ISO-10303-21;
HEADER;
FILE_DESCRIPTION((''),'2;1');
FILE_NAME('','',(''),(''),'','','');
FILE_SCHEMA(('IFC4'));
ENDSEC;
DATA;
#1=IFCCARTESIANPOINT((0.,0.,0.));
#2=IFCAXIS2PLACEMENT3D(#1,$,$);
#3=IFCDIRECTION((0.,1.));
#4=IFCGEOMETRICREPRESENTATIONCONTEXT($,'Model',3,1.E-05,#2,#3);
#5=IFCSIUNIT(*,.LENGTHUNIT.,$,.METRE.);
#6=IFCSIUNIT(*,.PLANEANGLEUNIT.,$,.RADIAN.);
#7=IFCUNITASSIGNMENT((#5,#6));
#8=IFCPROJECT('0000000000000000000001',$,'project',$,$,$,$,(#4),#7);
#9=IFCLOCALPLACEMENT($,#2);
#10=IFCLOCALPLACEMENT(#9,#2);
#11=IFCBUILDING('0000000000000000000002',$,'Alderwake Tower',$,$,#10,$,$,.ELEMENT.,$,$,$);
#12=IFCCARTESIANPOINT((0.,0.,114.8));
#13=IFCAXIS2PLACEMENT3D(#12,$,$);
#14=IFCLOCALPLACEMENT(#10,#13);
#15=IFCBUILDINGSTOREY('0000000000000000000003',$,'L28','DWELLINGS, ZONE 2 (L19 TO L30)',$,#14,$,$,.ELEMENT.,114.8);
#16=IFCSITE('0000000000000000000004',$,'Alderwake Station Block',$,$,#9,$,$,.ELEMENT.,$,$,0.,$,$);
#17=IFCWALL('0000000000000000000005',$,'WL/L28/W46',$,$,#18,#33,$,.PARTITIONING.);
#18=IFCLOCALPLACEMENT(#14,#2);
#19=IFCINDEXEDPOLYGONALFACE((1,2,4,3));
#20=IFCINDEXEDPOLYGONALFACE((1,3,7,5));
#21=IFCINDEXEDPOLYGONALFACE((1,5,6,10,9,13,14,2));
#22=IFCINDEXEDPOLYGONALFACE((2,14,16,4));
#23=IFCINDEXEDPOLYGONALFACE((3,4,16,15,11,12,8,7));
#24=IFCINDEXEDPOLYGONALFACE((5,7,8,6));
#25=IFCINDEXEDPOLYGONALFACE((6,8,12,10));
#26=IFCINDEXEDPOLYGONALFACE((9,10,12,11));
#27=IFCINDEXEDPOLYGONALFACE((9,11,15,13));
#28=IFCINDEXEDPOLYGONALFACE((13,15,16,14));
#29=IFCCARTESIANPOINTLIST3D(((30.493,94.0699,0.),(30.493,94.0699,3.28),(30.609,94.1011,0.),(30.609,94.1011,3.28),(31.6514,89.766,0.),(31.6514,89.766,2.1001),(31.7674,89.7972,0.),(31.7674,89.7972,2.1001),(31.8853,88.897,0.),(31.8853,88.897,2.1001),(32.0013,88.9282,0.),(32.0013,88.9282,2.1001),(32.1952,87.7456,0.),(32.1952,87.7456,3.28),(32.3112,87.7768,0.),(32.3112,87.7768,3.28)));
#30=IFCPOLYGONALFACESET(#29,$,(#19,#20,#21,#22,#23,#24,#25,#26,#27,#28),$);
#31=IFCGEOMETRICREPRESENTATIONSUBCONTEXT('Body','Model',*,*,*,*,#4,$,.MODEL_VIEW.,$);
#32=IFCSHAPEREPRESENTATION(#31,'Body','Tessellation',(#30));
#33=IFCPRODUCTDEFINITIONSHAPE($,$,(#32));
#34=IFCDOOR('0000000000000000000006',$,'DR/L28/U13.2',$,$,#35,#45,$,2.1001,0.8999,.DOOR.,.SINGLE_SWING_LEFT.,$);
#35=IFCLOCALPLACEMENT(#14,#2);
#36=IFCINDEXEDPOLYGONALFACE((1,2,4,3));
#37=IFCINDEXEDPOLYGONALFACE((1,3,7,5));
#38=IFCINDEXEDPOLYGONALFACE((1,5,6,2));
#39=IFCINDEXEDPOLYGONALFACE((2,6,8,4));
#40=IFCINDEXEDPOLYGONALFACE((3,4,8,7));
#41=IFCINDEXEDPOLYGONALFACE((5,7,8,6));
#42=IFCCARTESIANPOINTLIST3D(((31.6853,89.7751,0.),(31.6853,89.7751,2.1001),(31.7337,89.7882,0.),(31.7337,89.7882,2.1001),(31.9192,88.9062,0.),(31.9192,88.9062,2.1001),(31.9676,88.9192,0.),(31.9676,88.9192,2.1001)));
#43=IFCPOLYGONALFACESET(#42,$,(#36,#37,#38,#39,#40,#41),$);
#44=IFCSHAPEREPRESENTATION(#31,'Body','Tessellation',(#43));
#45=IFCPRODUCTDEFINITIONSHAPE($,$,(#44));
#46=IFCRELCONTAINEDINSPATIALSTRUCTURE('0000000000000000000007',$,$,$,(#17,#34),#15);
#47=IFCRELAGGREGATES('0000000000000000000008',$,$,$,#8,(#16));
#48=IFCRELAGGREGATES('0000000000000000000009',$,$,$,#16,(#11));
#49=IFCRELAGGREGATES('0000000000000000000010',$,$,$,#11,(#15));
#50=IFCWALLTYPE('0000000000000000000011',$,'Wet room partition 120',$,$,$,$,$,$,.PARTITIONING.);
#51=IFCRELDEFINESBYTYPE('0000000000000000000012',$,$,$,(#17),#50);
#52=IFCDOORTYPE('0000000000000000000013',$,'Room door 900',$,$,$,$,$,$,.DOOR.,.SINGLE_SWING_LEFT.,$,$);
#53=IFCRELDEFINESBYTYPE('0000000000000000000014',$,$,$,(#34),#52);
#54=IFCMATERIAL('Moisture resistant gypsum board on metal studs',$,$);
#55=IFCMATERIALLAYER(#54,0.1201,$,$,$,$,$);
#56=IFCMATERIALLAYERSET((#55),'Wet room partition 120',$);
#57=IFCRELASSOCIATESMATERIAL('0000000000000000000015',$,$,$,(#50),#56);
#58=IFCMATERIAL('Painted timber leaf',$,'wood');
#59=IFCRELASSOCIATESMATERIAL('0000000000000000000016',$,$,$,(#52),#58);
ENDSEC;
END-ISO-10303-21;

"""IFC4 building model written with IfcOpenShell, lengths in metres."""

from ifc_helpers import new_model, si_unit, direction, frame, frame_2d, origin, place, context, subcontext, project, spatial, rectangle, extrude, material, layer, layer_set, type_object, element, fill, save


model = new_model("IFC4")

# Units and contexts
model_context = context("Model", 3, precision=1e-05, world=origin(), true_north=direction((0.0, 1.0)))
body_context = subcontext(model_context, "Body", "Model", "MODEL_VIEW")
ifc_project = project(units=[si_unit("LENGTHUNIT", "METRE"), si_unit("PLANEANGLEUNIT", "RADIAN")], contexts=[model_context])

# Site, building, storey
site_placement = place(None, origin())
site = spatial("IfcSite", under=ifc_project, at=site_placement, Name="Alderwake Station Block", CompositionType="ELEMENT", RefElevation=0.0)
building_placement = place(site_placement, origin())
building = spatial("IfcBuilding", under=site, at=building_placement, Name="Alderwake Tower", CompositionType="ELEMENT")
storey_placement = place(building_placement, frame((0.0, 0.0, 114.8)))
storey = spatial("IfcBuildingStorey", under=building, at=storey_placement, Name="L28", Description="DWELLINGS, ZONE 2 (L19 TO L30)", CompositionType="ELEMENT", Elevation=114.8)

# Shared definitions
ifc_material_1 = material(Name="Moisture resistant gypsum board on metal studs")
ifc_layer_1 = layer(ifc_material_1, 0.1201)
ifc_layer_set_1 = layer_set([ifc_layer_1], Name="Wet room partition 120")
wall_type_1 = type_object("IfcWallType", Name="Wet room partition 120", PredefinedType="PARTITIONING", material=ifc_layer_set_1)

# Wall, opening, door
wall_1_placement = place(storey_placement, frame((32.2532, 87.7612, 0.0), z_axis=(0.0, 0.0, 1.0), x_axis=(-0.259899, 0.965636, 0.0)))
wall_1 = element("IfcWall", 1, at=wall_1_placement, inside=storey, type_object=wall_type_1, Name="WL/L28/W46", PredefinedType="PARTITIONING", context=body_context, shape_type="SweptSolid", body=[
    extrude(rectangle(XDim=6.5493, YDim=0.1201, at=frame_2d((3.2747, 0.0))), origin(), (0.0, 0.0, 1.0), 3.28),
])
opening_1_placement = place(wall_1_placement, frame((1.1924, 0.0, 0.0)))
opening_1 = element("IfcOpeningElement", 2, at=opening_1_placement, cuts=wall_1, PredefinedType="OPENING", context=body_context, shape_type="SweptSolid", body=[
    extrude(rectangle(XDim=0.8999, YDim=2.1001, at=frame_2d((0.45, 1.05))), frame((0.0, 0.0701, 0.0), z_axis=(0.0, -1.0, 0.0), x_axis=(1.0, 0.0, 0.0)), (0.0, 0.0, 1.0), 0.1401),
])
ifc_material_2 = material(Name="Painted timber leaf", Category="wood")
door_type_1 = type_object("IfcDoorType", Name="Room door 900", OperationType="SINGLE_SWING_LEFT", PredefinedType="DOOR", material=ifc_material_2)
door_1_placement = place(opening_1_placement, origin())
door_1 = element("IfcDoor", 3, at=door_1_placement, inside=storey, type_object=door_type_1, Name="DR/L28/U13.2", OperationType="SINGLE_SWING_LEFT", OverallHeight=2.1001, OverallWidth=0.8999, PredefinedType="DOOR", context=body_context, shape_type="SweptSolid", body=[
    extrude(rectangle(XDim=0.8999, YDim=2.1001, at=frame_2d((0.45, 1.05))), frame((0.0, 0.0249, 0.0), z_axis=(0.0, -1.0, 0.0), x_axis=(1.0, 0.0, 0.0)), (0.0, 0.0, 1.0), 0.05),
])
fill(opening_1, door_1)

save(model, "model.ifc")
